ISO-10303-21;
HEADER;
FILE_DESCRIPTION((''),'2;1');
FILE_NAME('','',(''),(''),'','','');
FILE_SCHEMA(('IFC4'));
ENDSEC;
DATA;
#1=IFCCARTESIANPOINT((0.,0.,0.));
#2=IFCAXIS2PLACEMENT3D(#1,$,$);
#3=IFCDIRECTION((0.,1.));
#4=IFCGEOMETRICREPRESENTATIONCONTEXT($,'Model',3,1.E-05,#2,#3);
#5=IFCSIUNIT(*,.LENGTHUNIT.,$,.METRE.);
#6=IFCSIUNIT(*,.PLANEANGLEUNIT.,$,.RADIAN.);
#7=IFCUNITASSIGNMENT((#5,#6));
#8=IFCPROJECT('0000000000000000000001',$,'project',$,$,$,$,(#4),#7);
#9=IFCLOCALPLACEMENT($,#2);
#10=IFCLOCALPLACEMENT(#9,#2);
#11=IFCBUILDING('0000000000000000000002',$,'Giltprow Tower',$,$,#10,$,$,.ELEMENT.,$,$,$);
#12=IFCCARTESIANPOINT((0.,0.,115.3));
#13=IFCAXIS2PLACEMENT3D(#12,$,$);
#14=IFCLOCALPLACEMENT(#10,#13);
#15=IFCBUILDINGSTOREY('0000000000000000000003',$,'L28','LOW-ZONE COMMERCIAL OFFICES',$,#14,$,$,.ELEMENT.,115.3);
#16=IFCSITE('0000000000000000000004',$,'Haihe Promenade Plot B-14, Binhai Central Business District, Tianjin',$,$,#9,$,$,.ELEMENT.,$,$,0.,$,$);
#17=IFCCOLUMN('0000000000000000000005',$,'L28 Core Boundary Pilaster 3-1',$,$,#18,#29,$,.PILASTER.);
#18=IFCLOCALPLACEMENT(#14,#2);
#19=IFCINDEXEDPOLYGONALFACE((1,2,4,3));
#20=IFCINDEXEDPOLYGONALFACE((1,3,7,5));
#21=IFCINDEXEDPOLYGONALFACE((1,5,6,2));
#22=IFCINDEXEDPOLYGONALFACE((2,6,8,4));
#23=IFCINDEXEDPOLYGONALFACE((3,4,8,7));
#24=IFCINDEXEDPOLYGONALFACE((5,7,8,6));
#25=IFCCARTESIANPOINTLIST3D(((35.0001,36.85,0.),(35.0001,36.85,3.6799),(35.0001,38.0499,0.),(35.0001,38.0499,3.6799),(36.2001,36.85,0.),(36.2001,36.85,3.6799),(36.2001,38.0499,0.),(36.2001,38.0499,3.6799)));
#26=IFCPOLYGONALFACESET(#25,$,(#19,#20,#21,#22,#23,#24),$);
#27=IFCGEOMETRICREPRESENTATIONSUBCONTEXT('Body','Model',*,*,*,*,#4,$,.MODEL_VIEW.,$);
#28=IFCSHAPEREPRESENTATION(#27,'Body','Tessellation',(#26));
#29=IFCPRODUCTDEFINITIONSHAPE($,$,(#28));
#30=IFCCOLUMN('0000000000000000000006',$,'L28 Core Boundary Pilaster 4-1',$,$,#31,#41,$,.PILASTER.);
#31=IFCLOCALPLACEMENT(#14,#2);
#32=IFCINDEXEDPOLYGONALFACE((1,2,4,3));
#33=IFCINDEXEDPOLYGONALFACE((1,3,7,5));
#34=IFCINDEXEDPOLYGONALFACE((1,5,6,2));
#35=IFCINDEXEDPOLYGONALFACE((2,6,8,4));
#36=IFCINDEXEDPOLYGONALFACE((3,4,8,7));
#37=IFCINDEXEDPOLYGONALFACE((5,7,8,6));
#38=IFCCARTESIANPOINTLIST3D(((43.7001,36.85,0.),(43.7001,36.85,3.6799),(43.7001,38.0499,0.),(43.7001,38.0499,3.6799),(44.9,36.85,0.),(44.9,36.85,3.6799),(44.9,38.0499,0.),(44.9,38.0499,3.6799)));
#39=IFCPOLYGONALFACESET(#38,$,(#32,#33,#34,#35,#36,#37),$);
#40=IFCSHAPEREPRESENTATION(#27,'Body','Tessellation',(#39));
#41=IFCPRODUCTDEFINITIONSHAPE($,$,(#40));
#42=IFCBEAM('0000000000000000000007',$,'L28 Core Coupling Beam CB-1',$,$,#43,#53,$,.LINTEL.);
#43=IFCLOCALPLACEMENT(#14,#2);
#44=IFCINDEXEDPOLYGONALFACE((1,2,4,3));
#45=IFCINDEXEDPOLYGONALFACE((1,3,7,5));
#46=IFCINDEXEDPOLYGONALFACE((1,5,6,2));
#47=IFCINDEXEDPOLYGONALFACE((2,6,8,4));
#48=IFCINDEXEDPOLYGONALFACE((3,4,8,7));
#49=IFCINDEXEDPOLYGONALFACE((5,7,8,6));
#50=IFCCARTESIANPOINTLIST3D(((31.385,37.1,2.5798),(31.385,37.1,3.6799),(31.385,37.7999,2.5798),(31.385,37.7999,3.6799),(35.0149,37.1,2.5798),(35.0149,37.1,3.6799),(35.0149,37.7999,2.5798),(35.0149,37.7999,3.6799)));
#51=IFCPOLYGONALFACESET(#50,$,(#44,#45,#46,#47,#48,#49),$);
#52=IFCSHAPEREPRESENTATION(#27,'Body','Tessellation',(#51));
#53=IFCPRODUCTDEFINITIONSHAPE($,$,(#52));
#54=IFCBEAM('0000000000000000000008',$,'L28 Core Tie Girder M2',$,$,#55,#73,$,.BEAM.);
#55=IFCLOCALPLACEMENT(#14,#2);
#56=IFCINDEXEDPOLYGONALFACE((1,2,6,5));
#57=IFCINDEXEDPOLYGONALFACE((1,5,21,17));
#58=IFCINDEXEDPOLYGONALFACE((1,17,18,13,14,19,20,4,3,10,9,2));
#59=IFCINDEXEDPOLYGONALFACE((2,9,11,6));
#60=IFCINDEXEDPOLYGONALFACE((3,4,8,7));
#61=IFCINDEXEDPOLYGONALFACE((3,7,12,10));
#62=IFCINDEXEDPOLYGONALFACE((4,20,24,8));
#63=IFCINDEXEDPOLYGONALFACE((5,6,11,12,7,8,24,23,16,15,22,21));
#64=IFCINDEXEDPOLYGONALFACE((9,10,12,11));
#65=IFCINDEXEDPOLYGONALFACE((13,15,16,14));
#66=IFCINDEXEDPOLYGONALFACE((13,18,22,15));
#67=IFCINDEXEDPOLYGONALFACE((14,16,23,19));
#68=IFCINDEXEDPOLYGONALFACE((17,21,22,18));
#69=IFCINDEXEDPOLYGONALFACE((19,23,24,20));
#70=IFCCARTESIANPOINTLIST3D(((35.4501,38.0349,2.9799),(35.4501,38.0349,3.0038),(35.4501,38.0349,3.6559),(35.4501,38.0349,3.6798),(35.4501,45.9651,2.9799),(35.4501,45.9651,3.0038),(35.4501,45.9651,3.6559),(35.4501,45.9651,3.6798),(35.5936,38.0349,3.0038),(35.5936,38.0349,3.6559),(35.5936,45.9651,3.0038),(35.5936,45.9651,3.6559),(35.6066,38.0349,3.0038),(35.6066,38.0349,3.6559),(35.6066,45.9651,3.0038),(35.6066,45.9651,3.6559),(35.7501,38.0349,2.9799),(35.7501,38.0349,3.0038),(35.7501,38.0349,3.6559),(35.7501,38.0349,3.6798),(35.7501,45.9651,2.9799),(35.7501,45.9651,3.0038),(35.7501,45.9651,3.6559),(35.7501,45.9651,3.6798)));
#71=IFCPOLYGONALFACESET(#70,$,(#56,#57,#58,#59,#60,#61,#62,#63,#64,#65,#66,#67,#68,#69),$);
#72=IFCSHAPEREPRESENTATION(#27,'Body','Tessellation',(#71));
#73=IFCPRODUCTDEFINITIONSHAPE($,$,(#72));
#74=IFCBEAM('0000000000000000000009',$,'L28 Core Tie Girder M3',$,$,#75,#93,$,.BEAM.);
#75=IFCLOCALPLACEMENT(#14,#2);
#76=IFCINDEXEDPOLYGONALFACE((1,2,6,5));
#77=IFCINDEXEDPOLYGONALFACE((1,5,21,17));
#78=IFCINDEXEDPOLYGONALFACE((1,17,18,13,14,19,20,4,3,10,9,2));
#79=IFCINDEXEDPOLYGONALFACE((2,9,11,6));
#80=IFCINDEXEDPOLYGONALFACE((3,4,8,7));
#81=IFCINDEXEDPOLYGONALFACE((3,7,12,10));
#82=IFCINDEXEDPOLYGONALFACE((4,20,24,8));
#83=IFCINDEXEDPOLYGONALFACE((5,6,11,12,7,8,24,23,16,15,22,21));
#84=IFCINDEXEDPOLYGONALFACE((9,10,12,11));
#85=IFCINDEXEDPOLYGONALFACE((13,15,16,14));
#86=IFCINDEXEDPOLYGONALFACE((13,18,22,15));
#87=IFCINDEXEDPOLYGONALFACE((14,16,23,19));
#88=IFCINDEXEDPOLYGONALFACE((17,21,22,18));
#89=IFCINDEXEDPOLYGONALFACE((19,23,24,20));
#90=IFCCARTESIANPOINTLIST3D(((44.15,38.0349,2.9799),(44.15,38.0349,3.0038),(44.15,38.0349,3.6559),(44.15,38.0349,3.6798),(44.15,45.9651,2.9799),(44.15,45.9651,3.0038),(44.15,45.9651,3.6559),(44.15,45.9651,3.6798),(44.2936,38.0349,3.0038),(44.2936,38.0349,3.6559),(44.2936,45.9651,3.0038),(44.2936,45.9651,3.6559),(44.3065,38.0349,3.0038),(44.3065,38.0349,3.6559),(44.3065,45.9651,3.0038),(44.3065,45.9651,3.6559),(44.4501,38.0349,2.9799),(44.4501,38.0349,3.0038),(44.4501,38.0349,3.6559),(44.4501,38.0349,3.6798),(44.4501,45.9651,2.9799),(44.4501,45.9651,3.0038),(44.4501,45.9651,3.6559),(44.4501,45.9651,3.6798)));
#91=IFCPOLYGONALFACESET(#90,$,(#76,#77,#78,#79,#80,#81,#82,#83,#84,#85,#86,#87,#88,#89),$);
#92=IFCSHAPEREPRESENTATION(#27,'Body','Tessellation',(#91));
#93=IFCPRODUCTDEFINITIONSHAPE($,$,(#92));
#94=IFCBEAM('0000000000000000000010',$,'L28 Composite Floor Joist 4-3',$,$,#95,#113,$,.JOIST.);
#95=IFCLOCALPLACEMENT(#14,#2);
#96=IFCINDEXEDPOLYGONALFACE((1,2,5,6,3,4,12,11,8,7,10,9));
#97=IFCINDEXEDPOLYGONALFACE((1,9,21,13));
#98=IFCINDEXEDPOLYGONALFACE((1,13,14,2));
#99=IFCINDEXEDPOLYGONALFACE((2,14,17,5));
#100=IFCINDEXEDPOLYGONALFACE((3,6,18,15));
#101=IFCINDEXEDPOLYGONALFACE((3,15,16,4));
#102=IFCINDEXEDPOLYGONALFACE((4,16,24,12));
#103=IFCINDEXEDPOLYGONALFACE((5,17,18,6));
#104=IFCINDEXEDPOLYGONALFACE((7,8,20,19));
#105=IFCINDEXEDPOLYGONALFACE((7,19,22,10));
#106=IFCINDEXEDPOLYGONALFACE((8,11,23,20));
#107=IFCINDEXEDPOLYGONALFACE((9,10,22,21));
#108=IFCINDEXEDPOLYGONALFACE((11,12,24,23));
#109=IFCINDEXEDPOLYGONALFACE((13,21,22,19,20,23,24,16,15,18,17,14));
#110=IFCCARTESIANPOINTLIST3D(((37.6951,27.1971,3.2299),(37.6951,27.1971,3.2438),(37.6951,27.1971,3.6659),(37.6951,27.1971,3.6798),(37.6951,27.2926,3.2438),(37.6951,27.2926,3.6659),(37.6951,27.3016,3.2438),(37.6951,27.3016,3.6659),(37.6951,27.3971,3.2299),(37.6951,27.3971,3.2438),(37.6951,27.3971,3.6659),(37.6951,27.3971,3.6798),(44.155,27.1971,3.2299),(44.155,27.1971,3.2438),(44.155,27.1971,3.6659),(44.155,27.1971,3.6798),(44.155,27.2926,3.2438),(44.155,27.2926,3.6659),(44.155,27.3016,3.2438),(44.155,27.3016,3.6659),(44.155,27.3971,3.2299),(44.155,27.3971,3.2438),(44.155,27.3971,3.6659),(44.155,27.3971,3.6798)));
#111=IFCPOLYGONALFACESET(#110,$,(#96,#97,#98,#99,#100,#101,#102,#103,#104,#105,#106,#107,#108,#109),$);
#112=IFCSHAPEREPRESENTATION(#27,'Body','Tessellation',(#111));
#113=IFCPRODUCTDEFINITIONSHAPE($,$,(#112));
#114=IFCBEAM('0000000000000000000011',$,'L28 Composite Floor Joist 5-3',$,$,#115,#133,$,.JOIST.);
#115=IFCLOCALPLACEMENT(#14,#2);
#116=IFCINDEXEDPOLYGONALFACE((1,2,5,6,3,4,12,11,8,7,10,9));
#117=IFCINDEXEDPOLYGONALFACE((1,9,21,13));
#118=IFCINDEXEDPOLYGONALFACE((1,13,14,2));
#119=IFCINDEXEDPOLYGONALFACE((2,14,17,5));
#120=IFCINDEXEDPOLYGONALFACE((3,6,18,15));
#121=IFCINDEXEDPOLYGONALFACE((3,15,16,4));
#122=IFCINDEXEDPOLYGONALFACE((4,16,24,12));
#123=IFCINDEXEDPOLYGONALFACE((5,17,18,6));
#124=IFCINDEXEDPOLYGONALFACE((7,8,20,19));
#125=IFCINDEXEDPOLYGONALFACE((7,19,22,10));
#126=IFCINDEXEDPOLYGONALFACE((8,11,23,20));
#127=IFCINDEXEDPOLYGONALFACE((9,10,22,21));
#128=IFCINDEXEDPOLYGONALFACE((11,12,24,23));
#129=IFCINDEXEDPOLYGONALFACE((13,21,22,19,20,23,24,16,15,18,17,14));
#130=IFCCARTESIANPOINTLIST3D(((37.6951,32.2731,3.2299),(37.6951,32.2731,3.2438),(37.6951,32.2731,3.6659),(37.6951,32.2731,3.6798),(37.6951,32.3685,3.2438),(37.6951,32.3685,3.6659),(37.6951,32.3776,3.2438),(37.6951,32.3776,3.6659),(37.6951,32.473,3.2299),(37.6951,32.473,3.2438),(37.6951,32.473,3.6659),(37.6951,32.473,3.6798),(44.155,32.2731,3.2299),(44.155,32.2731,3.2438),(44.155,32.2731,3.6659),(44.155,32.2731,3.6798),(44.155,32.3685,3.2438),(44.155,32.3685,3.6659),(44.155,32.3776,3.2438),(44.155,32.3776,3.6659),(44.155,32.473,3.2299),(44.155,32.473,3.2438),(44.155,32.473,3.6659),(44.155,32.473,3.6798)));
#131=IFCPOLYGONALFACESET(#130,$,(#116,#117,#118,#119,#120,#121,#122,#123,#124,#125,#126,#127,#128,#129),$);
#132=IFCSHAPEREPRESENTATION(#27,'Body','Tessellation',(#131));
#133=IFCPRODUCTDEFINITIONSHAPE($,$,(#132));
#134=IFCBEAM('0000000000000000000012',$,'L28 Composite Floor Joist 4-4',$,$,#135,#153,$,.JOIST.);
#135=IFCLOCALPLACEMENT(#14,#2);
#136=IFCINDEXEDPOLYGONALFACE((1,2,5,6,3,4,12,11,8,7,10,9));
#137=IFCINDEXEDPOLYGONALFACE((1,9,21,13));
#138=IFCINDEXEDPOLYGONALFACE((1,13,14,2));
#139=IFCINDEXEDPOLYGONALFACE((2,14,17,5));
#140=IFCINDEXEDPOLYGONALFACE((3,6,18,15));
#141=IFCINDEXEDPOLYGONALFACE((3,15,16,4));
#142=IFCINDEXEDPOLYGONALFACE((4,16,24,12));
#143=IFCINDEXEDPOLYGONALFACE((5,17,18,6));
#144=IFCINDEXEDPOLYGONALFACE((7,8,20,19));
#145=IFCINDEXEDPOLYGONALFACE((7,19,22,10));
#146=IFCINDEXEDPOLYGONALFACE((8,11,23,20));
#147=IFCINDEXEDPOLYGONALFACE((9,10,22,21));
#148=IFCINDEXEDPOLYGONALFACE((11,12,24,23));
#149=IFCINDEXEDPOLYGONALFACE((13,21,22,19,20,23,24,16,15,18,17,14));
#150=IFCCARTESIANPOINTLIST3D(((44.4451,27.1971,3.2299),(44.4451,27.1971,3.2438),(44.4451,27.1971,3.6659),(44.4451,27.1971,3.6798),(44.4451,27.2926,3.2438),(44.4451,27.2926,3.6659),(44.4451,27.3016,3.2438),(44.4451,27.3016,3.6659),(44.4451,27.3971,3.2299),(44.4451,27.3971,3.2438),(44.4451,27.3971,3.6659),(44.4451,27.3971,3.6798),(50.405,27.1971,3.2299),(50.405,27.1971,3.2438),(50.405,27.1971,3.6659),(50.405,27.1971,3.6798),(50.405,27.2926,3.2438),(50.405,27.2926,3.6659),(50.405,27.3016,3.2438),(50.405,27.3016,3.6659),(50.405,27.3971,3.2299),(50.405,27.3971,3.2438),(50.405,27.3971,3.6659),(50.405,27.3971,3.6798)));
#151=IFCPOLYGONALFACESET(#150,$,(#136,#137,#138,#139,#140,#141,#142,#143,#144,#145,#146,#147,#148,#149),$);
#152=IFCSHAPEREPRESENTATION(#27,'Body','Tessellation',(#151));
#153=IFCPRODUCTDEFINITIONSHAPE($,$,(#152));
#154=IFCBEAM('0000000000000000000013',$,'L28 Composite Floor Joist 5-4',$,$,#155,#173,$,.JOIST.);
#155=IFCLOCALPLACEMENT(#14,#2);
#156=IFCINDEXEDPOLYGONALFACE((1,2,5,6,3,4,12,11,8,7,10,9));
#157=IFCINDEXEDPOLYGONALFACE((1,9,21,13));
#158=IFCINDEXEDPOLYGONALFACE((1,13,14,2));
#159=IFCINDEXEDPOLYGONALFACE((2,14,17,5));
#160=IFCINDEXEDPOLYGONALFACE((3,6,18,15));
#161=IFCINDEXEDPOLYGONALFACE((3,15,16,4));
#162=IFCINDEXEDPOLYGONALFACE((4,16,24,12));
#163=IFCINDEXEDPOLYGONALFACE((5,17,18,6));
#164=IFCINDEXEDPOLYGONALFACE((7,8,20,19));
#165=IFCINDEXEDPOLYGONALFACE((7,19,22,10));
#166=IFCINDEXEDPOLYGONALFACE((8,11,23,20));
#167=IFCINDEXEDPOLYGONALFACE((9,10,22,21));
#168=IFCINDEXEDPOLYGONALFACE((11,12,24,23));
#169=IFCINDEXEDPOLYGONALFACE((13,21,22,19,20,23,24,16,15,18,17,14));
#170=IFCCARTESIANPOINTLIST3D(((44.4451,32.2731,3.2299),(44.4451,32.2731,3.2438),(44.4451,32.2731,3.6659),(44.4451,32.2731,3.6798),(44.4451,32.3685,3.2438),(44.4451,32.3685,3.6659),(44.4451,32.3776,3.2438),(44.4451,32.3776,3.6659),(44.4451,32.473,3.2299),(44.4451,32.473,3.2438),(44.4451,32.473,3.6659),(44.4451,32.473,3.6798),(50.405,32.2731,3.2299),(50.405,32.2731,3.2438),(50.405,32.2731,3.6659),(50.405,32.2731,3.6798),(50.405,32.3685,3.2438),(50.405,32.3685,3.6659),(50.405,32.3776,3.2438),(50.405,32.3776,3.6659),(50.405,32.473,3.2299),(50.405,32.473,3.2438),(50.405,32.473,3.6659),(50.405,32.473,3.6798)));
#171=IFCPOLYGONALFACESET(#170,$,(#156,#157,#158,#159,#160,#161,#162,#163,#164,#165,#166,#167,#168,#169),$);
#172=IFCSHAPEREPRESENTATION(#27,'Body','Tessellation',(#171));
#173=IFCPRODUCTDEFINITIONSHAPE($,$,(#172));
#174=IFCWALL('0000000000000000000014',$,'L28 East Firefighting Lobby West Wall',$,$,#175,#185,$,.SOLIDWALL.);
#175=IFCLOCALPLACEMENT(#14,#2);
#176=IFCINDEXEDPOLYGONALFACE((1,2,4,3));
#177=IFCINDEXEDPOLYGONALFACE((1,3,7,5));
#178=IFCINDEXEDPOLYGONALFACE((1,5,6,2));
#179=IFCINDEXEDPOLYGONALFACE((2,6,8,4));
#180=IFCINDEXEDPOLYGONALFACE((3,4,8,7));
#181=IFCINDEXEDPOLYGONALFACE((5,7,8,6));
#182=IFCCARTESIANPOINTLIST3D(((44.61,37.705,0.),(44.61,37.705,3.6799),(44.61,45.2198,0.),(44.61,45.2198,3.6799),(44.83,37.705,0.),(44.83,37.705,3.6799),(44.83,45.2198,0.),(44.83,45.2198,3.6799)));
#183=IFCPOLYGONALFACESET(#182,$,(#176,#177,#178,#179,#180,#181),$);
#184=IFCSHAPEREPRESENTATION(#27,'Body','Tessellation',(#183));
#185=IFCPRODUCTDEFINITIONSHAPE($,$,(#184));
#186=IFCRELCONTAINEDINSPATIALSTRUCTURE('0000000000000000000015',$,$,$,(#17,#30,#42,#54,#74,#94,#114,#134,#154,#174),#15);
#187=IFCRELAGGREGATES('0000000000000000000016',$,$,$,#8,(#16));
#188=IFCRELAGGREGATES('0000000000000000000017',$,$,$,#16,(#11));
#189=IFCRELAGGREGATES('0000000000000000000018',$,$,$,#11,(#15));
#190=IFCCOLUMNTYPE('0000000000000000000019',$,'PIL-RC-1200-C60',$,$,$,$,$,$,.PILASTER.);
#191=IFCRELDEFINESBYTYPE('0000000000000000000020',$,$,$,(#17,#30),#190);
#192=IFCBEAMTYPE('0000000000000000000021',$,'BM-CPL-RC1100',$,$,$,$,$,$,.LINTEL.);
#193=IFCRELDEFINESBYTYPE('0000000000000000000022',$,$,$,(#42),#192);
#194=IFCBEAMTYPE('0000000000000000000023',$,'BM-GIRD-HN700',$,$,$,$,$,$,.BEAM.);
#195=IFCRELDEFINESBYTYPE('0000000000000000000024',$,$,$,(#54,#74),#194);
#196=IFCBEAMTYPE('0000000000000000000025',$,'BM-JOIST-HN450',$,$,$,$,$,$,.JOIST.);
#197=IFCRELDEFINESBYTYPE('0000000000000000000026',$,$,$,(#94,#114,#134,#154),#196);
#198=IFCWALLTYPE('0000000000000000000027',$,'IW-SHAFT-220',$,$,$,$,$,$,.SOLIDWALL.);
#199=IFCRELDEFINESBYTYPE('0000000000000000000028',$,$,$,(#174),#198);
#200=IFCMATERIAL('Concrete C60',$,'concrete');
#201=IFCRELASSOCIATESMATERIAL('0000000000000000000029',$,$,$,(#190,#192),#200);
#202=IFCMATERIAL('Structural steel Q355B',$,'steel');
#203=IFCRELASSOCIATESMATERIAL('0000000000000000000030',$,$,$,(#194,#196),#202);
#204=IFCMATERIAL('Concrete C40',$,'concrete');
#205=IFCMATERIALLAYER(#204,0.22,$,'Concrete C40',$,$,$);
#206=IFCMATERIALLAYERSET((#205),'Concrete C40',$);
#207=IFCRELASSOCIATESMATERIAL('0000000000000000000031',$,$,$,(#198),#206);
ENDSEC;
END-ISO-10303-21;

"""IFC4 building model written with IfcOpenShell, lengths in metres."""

from ifc_helpers import new_model, si_unit, direction, frame, frame_2d, origin, origin_2d, place, context, subcontext, project, spatial, rectangle, i_section, extrude, source, transform, mapped, material, layer, layer_set, material_profile, profile_set, type_object, element, save


model = new_model("IFC4")

# Units and contexts
model_context = context("Model", 3, precision=1e-05, world=origin(), true_north=direction((0.0, 1.0)))
body_context = subcontext(model_context, "Body", "Model", "MODEL_VIEW")
ifc_project = project(units=[si_unit("LENGTHUNIT", "METRE"), si_unit("PLANEANGLEUNIT", "RADIAN")], contexts=[model_context])

# Site, building, storey
site_placement = place(None, origin())
site = spatial("IfcSite", under=ifc_project, at=site_placement, Name="Haihe Promenade Plot B-14, Binhai Central Business District, Tianjin", CompositionType="ELEMENT", RefElevation=0.0)
building_placement = place(site_placement, origin())
building = spatial("IfcBuilding", under=site, at=building_placement, Name="Giltprow Tower", CompositionType="ELEMENT")
storey_placement = place(building_placement, frame((0.0, 0.0, 115.3)))
storey = spatial("IfcBuildingStorey", under=building, at=storey_placement, Name="L28", Description="LOW-ZONE COMMERCIAL OFFICES", CompositionType="ELEMENT", Elevation=115.3)

# Columns
ifc_material_1 = material(Name="Concrete C60", Category="concrete")
ifc_material_profile_1 = material_profile(ifc_material_1, rectangle(XDim=1.2, YDim=1.2, at=origin_2d()), Name="RC 1200x1200")
ifc_profile_set_1 = profile_set([ifc_material_profile_1], Name="Concrete C60")
column_type = type_object("IfcColumnType", Name="PIL-RC-1200-C60", PredefinedType="PILASTER", material=ifc_profile_set_1)
shared_shape_1 = source(origin(), body_context, "Body", "SweptSolid", [
    extrude(rectangle(XDim=1.2, YDim=1.2, at=origin_2d()), origin(), (0.0, 0.0, 1.0), 3.6799),
])
for number, where, z_axis, x_axis, name in (
    (1, (35.6001, 37.45, 0.0), (0.0, 0.0, 1.0), (1.0, 0.0, 0.0), "L28 Core Boundary Pilaster 3-1"),
    (2, (44.3, 37.45, 0.0), (0.0, 0.0, 1.0), (1.0, 0.0, 0.0), "L28 Core Boundary Pilaster 4-1"),
):
    element("IfcColumn", number, at=place(storey_placement, frame(where, z_axis=z_axis, x_axis=x_axis)), inside=storey, type_object=column_type, Name=name, PredefinedType="PILASTER", context=body_context, shape_type="MappedRepresentation", body=[
        mapped(shared_shape_1, transform((0.0, 0.0, 0.0), x_axis=(1.0, 0.0, 0.0), y_axis=(0.0, 1.0, 0.0), z_axis=(0.0, 0.0, 1.0), scale=1.0)),
    ])

# Beams
ifc_material_profile_2 = material_profile(ifc_material_1, rectangle(XDim=0.7, YDim=1.1001, at=origin_2d()), Name="RC 1100x700")
ifc_profile_set_2 = profile_set([ifc_material_profile_2], Name="Concrete C60")
beam_type_1 = type_object("IfcBeamType", Name="BM-CPL-RC1100", PredefinedType="LINTEL", material=ifc_profile_set_2)
shared_shape_2 = source(origin(), body_context, "Body", "SweptSolid", [
    extrude(rectangle(XDim=0.7, YDim=1.1001, at=origin_2d()), origin(), (0.0, 0.0, 1.0), 3.6299),
])
beam_placement = place(storey_placement, frame((31.385, 37.45, 3.1299), z_axis=(1.0, 0.0, 0.0), x_axis=(0.0, 1.0, 0.0)))
element("IfcBeam", 3, at=beam_placement, inside=storey, type_object=beam_type_1, Name="L28 Core Coupling Beam CB-1", PredefinedType="LINTEL", context=body_context, shape_type="MappedRepresentation", body=[
    mapped(shared_shape_2, transform((0.0, 0.0, 0.0), x_axis=(1.0, 0.0, 0.0), y_axis=(0.0, 1.0, 0.0), z_axis=(0.0, 0.0, 1.0), scale=1.0)),
])
ifc_material_2 = material(Name="Structural steel Q355B", Category="steel")
ifc_material_profile_3 = material_profile(ifc_material_2, i_section(OverallWidth=0.3, OverallDepth=0.7, WebThickness=0.0129, FlangeThickness=0.0239, at=origin_2d()), Name="HN 700x300x13x24")
ifc_profile_set_3 = profile_set([ifc_material_profile_3], Name="Structural steel Q355B")
beam_type_2 = type_object("IfcBeamType", Name="BM-GIRD-HN700", PredefinedType="BEAM", material=ifc_profile_set_3)
shared_shape_3 = source(origin(), body_context, "Body", "SweptSolid", [
    extrude(i_section(OverallWidth=0.3, OverallDepth=0.7, WebThickness=0.0129, FlangeThickness=0.0239, at=origin_2d()), origin(), (0.0, 0.0, 1.0), 7.9302),
])
for number, where, z_axis, x_axis, name in (
    (4, (35.6001, 38.0349, 3.3298), (0.0, 1.0, 0.0), (-1.0, 0.0, 0.0), "L28 Core Tie Girder M2"),
    (5, (44.3, 38.0349, 3.3298), (0.0, 1.0, 0.0), (-1.0, 0.0, 0.0), "L28 Core Tie Girder M3"),
):
    element("IfcBeam", number, at=place(storey_placement, frame(where, z_axis=z_axis, x_axis=x_axis)), inside=storey, type_object=beam_type_2, Name=name, PredefinedType="BEAM", context=body_context, shape_type="MappedRepresentation", body=[
        mapped(shared_shape_3, transform((0.0, 0.0, 0.0), x_axis=(1.0, 0.0, 0.0), y_axis=(0.0, 1.0, 0.0), z_axis=(0.0, 0.0, 1.0), scale=1.0)),
    ])
ifc_material_profile_4 = material_profile(ifc_material_2, i_section(OverallWidth=0.2, OverallDepth=0.45, WebThickness=0.009, FlangeThickness=0.0139, at=origin_2d()), Name="HN 450x200x9x14")
ifc_profile_set_4 = profile_set([ifc_material_profile_4], Name="Structural steel Q355B")
beam_type_3 = type_object("IfcBeamType", Name="BM-JOIST-HN450", PredefinedType="JOIST", material=ifc_profile_set_4)
shared_shape_4 = source(origin(), body_context, "Body", "SweptSolid", [
    extrude(i_section(OverallWidth=0.2, OverallDepth=0.45, WebThickness=0.009, FlangeThickness=0.0139, at=origin_2d()), origin(), (0.0, 0.0, 1.0), 6.46),
])
for number, where, z_axis, x_axis, name in (
    (6, (37.6951, 27.2971, 3.4548), (1.0, 0.0, 0.0), (0.0, 1.0, 0.0), "L28 Composite Floor Joist 4-3"),
    (7, (37.6951, 32.373, 3.4548), (1.0, 0.0, 0.0), (0.0, 1.0, 0.0), "L28 Composite Floor Joist 5-3"),
):
    element("IfcBeam", number, at=place(storey_placement, frame(where, z_axis=z_axis, x_axis=x_axis)), inside=storey, type_object=beam_type_3, Name=name, PredefinedType="JOIST", context=body_context, shape_type="MappedRepresentation", body=[
        mapped(shared_shape_4, transform((0.0, 0.0, 0.0), x_axis=(1.0, 0.0, 0.0), y_axis=(0.0, 1.0, 0.0), z_axis=(0.0, 0.0, 1.0), scale=1.0)),
    ])
shared_shape_5 = source(origin(), body_context, "Body", "SweptSolid", [
    extrude(i_section(OverallWidth=0.2, OverallDepth=0.45, WebThickness=0.009, FlangeThickness=0.0139, at=origin_2d()), origin(), (0.0, 0.0, 1.0), 5.96),
])
for number, where, z_axis, x_axis, name in (
    (8, (44.4451, 27.2971, 3.4548), (1.0, 0.0, 0.0), (0.0, 1.0, 0.0), "L28 Composite Floor Joist 4-4"),
    (9, (44.4451, 32.373, 3.4548), (1.0, 0.0, 0.0), (0.0, 1.0, 0.0), "L28 Composite Floor Joist 5-4"),
):
    element("IfcBeam", number, at=place(storey_placement, frame(where, z_axis=z_axis, x_axis=x_axis)), inside=storey, type_object=beam_type_3, Name=name, PredefinedType="JOIST", context=body_context, shape_type="MappedRepresentation", body=[
        mapped(shared_shape_5, transform((0.0, 0.0, 0.0), x_axis=(1.0, 0.0, 0.0), y_axis=(0.0, 1.0, 0.0), z_axis=(0.0, 0.0, 1.0), scale=1.0)),
    ])

# Wall
ifc_material_3 = material(Name="Concrete C40", Category="concrete")
ifc_layer_1 = layer(ifc_material_3, 0.22, Name="Concrete C40")
ifc_layer_set_1 = layer_set([ifc_layer_1], Name="Concrete C40")
wall_type_1 = type_object("IfcWallType", Name="IW-SHAFT-220", PredefinedType="SOLIDWALL", material=ifc_layer_set_1)
wall_1_placement = place(storey_placement, frame((44.72, 37.7051, 0.0), z_axis=(0.0, 0.0, 1.0), x_axis=(0.0, 1.0, 0.0)))
element("IfcWall", 10, at=wall_1_placement, inside=storey, type_object=wall_type_1, Name="L28 East Firefighting Lobby West Wall", PredefinedType="SOLIDWALL", context=body_context, shape_type="SweptSolid", body=[
    extrude(rectangle(XDim=7.5149, YDim=0.22, at=frame_2d((3.7573, 0.0))), origin(), (0.0, 0.0, 1.0), 3.6799),
])

save(model, "model.ifc")
